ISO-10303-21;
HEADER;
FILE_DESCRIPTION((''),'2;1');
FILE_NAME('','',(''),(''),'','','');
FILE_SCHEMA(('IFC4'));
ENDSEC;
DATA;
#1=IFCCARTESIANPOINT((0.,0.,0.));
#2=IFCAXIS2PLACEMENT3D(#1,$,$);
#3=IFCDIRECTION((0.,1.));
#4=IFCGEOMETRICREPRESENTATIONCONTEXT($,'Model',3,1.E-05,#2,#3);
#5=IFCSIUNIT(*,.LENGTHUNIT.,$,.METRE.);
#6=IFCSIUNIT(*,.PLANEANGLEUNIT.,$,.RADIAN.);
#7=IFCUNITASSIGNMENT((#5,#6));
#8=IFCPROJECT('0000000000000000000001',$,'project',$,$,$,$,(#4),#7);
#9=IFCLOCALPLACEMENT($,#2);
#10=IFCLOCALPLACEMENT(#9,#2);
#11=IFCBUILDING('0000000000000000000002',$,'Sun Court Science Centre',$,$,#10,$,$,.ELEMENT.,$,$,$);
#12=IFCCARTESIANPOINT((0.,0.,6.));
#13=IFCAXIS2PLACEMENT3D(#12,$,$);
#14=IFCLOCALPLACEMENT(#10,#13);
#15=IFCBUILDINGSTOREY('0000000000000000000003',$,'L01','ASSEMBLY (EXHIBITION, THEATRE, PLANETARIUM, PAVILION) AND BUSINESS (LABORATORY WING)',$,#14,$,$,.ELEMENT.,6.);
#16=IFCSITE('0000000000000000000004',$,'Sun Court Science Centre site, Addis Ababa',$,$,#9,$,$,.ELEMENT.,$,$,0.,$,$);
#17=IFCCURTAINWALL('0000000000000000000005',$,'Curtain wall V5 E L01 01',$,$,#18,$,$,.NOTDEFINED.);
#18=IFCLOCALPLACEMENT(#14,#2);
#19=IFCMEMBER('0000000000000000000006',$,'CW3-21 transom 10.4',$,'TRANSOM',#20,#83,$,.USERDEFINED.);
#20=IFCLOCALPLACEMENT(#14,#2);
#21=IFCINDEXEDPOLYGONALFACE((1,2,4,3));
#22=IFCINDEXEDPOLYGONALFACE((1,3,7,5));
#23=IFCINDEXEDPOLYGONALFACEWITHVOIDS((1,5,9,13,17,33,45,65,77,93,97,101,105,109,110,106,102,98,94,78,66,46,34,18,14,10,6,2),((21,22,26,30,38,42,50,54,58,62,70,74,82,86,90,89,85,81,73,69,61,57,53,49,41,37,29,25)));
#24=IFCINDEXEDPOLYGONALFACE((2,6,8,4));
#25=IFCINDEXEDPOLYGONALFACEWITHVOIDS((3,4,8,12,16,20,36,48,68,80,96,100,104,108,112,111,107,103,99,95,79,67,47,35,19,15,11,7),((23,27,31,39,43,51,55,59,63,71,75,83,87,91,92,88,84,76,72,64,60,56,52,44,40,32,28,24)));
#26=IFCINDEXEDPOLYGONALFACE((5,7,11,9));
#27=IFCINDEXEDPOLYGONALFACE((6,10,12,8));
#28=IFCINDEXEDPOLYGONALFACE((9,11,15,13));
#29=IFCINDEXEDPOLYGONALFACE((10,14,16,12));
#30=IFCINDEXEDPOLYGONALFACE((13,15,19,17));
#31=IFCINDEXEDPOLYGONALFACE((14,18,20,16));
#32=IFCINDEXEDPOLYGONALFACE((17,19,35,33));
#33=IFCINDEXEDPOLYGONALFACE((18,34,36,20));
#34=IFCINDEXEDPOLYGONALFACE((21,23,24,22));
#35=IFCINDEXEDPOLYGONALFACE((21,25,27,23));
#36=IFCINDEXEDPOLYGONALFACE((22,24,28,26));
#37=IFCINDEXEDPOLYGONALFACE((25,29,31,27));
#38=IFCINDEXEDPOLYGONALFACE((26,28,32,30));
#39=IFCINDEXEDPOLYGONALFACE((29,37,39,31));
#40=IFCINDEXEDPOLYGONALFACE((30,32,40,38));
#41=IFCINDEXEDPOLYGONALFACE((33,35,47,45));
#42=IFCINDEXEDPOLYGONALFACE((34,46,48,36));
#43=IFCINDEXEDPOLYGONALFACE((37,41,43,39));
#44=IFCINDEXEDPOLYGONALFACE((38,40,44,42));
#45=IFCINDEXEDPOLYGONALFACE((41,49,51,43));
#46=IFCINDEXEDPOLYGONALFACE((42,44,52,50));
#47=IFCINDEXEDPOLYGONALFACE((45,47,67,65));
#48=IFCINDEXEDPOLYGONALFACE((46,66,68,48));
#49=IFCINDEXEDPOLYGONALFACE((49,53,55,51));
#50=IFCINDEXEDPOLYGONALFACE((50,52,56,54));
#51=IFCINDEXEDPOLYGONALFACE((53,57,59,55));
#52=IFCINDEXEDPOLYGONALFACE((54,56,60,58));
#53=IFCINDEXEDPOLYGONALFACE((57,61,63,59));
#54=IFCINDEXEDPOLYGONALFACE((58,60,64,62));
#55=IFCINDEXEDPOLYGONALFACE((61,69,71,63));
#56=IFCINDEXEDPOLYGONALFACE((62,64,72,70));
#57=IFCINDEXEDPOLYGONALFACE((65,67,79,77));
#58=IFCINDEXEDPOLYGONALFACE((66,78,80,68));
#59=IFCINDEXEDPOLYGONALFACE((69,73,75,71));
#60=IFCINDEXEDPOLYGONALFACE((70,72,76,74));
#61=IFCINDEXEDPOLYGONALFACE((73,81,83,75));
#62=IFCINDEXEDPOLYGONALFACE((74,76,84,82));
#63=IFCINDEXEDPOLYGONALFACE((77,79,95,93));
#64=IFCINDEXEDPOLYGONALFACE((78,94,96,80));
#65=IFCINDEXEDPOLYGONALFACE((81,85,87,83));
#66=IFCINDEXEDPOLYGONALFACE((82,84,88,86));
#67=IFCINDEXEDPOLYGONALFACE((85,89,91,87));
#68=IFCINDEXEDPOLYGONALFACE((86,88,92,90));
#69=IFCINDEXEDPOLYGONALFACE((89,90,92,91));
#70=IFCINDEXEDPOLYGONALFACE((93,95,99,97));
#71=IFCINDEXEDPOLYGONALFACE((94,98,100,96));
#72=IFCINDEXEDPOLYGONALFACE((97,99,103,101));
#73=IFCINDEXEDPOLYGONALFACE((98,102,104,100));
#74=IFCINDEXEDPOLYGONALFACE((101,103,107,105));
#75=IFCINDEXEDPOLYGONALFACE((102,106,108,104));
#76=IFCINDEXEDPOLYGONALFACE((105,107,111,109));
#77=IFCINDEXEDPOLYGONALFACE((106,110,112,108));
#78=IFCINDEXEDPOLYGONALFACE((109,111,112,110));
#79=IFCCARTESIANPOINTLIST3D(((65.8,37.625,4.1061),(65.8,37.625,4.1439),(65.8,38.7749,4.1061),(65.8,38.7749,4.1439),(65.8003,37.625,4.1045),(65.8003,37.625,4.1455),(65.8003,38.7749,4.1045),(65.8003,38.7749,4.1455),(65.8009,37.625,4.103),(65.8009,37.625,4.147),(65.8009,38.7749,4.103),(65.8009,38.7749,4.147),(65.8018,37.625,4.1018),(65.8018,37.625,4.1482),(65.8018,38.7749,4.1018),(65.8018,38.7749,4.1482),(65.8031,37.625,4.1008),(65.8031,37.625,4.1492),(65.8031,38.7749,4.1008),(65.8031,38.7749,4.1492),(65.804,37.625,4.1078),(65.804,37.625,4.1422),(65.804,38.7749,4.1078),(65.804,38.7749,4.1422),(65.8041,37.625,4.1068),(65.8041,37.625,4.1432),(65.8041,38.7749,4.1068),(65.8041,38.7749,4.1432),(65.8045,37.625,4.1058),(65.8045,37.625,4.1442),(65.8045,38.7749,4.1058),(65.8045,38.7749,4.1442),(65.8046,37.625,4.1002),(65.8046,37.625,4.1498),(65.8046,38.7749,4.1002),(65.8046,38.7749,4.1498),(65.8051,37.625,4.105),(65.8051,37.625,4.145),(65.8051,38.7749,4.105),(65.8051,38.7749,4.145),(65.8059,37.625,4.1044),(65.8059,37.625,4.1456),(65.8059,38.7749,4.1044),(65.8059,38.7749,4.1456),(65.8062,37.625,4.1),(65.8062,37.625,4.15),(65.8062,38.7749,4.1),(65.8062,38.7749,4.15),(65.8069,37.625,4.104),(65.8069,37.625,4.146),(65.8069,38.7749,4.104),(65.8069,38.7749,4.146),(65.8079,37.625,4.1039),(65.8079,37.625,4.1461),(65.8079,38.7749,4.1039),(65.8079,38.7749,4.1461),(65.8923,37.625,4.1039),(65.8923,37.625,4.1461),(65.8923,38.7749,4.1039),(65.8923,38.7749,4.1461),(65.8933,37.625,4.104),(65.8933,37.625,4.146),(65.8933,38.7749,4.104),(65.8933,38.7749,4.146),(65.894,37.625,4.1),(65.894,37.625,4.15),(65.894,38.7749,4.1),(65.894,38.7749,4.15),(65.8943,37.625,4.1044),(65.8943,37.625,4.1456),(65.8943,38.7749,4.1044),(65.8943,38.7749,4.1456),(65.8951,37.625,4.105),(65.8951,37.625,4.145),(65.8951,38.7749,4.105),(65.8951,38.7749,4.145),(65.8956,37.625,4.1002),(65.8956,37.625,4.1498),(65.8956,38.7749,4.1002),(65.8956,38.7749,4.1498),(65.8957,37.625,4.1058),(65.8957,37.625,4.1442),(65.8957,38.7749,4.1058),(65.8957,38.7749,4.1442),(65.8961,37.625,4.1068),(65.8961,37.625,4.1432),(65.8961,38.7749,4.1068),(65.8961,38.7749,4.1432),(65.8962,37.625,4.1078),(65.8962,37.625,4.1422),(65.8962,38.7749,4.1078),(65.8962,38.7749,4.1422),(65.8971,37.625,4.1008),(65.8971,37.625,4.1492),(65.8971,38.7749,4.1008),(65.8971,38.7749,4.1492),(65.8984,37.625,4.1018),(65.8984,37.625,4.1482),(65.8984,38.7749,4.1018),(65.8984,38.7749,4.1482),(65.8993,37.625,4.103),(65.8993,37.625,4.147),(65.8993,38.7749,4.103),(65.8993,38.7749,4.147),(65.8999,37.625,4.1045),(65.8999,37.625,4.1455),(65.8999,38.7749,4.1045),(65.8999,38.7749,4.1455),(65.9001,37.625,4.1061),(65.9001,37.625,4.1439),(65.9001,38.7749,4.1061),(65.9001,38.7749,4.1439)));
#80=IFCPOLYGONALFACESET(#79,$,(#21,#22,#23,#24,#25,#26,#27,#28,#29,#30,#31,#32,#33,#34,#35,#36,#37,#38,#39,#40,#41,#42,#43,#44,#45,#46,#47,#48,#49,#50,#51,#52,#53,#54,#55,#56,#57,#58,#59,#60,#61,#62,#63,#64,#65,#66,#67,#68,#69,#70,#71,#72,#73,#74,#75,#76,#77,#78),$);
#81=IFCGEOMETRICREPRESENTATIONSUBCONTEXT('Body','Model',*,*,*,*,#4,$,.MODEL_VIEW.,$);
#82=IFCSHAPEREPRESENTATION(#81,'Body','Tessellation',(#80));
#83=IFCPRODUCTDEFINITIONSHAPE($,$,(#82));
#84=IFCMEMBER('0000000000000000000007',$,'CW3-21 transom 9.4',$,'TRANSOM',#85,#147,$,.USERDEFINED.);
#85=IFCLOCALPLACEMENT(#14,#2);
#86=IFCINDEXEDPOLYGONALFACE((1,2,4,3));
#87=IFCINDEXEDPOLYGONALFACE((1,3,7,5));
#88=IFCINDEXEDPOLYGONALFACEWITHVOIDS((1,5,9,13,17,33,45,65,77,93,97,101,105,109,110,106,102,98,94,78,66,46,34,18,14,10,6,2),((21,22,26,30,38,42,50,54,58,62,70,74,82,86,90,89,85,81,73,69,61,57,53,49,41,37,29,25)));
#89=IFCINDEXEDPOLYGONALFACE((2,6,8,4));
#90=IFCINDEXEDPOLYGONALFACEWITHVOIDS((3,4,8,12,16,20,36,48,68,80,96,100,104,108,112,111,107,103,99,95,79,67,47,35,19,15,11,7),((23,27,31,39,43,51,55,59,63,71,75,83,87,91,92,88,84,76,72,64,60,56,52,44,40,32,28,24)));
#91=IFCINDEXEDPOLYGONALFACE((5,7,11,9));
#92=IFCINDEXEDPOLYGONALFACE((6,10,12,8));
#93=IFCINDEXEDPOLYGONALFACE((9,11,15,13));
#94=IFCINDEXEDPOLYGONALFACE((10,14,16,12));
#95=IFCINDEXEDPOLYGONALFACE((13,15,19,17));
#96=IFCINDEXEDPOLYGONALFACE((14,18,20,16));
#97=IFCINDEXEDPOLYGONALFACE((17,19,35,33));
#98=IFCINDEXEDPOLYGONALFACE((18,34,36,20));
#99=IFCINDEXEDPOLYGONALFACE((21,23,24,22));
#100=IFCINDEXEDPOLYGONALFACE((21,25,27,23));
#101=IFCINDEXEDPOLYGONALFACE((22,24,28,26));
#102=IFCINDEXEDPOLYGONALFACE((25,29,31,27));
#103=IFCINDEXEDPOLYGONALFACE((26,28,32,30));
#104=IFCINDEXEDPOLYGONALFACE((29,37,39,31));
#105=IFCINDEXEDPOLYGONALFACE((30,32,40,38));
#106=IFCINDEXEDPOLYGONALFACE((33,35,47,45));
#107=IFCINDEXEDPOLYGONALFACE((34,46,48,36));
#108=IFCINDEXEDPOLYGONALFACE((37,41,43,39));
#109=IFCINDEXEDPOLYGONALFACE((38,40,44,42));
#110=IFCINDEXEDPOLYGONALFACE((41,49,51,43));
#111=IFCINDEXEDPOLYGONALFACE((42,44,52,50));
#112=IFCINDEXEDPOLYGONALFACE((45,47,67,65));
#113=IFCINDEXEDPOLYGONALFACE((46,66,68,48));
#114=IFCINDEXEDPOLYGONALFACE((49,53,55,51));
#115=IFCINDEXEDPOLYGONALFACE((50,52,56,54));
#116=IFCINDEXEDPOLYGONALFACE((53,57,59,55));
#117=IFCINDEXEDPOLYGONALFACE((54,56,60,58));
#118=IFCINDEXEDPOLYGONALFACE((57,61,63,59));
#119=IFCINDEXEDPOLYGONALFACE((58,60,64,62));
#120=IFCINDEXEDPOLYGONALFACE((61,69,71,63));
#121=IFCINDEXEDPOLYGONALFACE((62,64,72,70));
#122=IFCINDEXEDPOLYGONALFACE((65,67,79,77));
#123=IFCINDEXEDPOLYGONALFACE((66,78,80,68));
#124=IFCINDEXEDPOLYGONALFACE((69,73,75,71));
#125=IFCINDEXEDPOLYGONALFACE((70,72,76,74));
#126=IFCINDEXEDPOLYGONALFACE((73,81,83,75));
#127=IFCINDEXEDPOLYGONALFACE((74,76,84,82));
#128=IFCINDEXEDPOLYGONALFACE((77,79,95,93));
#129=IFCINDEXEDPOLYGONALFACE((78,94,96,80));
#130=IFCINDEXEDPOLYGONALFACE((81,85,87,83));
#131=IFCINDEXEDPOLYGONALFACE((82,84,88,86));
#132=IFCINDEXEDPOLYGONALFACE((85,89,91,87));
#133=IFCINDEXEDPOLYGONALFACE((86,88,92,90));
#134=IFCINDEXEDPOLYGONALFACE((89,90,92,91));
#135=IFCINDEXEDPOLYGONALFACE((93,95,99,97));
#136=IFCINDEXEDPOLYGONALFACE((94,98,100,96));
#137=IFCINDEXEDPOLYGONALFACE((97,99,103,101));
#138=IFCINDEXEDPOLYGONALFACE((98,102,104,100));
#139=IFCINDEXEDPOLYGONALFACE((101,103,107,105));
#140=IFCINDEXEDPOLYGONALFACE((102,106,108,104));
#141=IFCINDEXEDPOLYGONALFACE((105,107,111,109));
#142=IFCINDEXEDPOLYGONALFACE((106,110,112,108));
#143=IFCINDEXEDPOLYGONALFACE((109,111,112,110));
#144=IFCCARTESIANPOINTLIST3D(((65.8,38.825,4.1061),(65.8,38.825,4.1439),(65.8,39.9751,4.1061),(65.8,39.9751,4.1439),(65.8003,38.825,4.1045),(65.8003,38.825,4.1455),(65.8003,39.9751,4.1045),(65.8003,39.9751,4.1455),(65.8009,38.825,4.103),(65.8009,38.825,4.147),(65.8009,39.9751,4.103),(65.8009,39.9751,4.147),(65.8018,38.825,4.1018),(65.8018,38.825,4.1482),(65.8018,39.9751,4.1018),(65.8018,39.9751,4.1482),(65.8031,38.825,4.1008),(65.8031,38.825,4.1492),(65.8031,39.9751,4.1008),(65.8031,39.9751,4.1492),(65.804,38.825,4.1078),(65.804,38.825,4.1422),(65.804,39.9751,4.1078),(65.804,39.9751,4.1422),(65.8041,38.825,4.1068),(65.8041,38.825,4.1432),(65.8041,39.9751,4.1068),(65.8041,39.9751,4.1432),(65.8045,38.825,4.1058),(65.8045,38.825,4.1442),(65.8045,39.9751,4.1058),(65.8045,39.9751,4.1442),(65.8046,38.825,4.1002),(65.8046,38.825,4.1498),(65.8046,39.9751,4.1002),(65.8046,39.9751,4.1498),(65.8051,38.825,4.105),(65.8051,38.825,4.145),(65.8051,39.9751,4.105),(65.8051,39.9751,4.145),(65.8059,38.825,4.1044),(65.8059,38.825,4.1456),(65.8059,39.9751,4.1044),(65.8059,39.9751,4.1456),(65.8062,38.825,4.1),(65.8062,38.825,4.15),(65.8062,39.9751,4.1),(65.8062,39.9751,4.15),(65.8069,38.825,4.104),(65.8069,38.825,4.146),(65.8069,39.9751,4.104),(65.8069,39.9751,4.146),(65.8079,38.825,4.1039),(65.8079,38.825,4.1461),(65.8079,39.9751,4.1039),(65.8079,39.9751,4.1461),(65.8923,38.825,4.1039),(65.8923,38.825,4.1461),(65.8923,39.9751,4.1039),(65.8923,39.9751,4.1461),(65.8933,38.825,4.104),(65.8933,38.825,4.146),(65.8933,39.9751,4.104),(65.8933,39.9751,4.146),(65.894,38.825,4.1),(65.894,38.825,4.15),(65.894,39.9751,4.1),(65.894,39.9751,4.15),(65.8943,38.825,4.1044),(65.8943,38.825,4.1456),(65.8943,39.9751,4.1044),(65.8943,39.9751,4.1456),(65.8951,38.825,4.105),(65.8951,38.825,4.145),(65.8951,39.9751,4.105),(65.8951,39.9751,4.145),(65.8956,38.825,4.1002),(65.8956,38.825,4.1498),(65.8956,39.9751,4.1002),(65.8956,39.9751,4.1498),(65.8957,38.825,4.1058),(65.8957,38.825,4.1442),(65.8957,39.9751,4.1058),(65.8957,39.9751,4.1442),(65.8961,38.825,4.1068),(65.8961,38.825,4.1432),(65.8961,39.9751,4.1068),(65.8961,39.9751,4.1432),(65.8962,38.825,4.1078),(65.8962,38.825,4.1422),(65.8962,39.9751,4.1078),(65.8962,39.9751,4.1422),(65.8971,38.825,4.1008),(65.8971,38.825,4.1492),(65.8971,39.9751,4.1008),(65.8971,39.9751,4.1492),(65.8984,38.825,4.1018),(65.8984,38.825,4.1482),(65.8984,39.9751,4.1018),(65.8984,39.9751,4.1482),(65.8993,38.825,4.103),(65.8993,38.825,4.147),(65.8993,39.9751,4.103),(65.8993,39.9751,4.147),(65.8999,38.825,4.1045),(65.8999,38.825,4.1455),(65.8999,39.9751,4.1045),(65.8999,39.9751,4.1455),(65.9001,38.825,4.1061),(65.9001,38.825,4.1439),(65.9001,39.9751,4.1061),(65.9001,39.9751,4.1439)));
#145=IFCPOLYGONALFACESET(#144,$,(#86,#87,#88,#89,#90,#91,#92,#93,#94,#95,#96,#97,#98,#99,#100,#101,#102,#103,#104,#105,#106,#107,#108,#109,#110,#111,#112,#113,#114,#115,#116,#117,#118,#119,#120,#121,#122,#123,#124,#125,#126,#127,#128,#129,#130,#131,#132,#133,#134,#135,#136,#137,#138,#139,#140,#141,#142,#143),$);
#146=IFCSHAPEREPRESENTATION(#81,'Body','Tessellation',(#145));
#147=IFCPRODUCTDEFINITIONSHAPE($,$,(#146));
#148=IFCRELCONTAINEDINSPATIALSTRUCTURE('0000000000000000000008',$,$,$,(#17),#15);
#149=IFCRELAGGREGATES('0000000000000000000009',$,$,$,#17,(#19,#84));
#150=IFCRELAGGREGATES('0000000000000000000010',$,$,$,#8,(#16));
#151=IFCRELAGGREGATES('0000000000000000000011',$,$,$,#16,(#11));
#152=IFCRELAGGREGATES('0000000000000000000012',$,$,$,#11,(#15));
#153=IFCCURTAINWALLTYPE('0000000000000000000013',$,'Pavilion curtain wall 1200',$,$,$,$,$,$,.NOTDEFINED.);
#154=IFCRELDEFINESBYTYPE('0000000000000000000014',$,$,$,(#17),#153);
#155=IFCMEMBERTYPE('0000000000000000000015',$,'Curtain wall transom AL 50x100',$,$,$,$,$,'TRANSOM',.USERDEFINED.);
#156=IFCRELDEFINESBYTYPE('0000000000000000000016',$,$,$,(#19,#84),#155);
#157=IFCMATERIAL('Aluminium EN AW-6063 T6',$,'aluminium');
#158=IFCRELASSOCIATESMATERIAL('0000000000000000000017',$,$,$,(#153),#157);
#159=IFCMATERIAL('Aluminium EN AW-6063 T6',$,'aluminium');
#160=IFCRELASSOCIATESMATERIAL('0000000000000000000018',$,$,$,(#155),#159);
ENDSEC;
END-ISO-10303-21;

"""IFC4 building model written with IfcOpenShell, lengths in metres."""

from ifc_helpers import new_model, si_unit, direction, frame, origin, origin_2d, place, context, subcontext, project, spatial, hollow_rectangle, extrude, material, material_profile, profile_set, type_object, element, aggregate, save


model = new_model("IFC4")

# Units and contexts
model_context = context("Model", 3, precision=1e-05, world=origin(), true_north=direction((0.0, 1.0)))
body_context = subcontext(model_context, "Body", "Model", "MODEL_VIEW")
ifc_project = project(units=[si_unit("LENGTHUNIT", "METRE"), si_unit("PLANEANGLEUNIT", "RADIAN")], contexts=[model_context])

# Site, building, storey
site_placement = place(None, origin())
site = spatial("IfcSite", under=ifc_project, at=site_placement, Name="Sun Court Science Centre site, Addis Ababa", CompositionType="ELEMENT", RefElevation=0.0)
building_placement = place(site_placement, origin())
building = spatial("IfcBuilding", under=site, at=building_placement, Name="Sun Court Science Centre", CompositionType="ELEMENT")
storey_placement = place(building_placement, frame((0.0, 0.0, 6.0)))
storey = spatial("IfcBuildingStorey", under=building, at=storey_placement, Name="L01", Description="ASSEMBLY (EXHIBITION, THEATRE, PLANETARIUM, PAVILION) AND BUSINESS (LABORATORY WING)", CompositionType="ELEMENT", Elevation=6.0)

# Curtain wall, members
ifc_material_1 = material(Name="Aluminium EN AW-6063 T6", Category="aluminium")
curtain_wall_type_1 = type_object("IfcCurtainWallType", Name="Pavilion curtain wall 1200", PredefinedType="NOTDEFINED", material=ifc_material_1)
curtain_wall_1_placement = place(storey_placement, origin())
curtain_wall_1 = element("IfcCurtainWall", 1, at=curtain_wall_1_placement, inside=storey, type_object=curtain_wall_type_1, Name="Curtain wall V5 E L01 01", PredefinedType="NOTDEFINED")
ifc_material_2 = material(Name="Aluminium EN AW-6063 T6", Category="aluminium")
ifc_material_profile_1 = material_profile(ifc_material_2, hollow_rectangle(XDim=0.05, YDim=0.1001, WallThickness=0.0039, InnerFilletRadius=0.0039, OuterFilletRadius=0.0061, at=origin_2d()), Name="AL 50x100x4")
ifc_profile_set_1 = profile_set([ifc_material_profile_1], Name="Aluminium EN AW-6063 T6")
member_type_1 = type_object("IfcMemberType", Name="Curtain wall transom AL 50x100", ElementType="TRANSOM", PredefinedType="USERDEFINED", material=ifc_profile_set_1)
member_1_placement = place(storey_placement, frame((65.8501, 38.7749, 4.125), z_axis=(0.0, -1.0, 0.0), x_axis=(0.0, 0.0, 1.0)))
member_1 = element("IfcMember", 2, at=member_1_placement, type_object=member_type_1, Name="CW3-21 transom 10.4", ObjectType="TRANSOM", PredefinedType="USERDEFINED", context=body_context, shape_type="SweptSolid", body=[
    extrude(hollow_rectangle(XDim=0.05, YDim=0.1001, WallThickness=0.0039, InnerFilletRadius=0.0039, OuterFilletRadius=0.0061, at=origin_2d()), origin(), (0.0, 0.0, 1.0), 1.1499),
])
member_2_placement = place(storey_placement, frame((65.8501, 39.9751, 4.125), z_axis=(0.0, -1.0, 0.0), x_axis=(0.0, 0.0, 1.0)))
member_2 = element("IfcMember", 3, at=member_2_placement, type_object=member_type_1, Name="CW3-21 transom 9.4", ObjectType="TRANSOM", PredefinedType="USERDEFINED", context=body_context, shape_type="SweptSolid", body=[
    extrude(hollow_rectangle(XDim=0.05, YDim=0.1001, WallThickness=0.0039, InnerFilletRadius=0.0039, OuterFilletRadius=0.0061, at=origin_2d()), origin(), (0.0, 0.0, 1.0), 1.1501),
])

aggregate(curtain_wall_1, [member_1, member_2])

save(model, "model.ifc")
